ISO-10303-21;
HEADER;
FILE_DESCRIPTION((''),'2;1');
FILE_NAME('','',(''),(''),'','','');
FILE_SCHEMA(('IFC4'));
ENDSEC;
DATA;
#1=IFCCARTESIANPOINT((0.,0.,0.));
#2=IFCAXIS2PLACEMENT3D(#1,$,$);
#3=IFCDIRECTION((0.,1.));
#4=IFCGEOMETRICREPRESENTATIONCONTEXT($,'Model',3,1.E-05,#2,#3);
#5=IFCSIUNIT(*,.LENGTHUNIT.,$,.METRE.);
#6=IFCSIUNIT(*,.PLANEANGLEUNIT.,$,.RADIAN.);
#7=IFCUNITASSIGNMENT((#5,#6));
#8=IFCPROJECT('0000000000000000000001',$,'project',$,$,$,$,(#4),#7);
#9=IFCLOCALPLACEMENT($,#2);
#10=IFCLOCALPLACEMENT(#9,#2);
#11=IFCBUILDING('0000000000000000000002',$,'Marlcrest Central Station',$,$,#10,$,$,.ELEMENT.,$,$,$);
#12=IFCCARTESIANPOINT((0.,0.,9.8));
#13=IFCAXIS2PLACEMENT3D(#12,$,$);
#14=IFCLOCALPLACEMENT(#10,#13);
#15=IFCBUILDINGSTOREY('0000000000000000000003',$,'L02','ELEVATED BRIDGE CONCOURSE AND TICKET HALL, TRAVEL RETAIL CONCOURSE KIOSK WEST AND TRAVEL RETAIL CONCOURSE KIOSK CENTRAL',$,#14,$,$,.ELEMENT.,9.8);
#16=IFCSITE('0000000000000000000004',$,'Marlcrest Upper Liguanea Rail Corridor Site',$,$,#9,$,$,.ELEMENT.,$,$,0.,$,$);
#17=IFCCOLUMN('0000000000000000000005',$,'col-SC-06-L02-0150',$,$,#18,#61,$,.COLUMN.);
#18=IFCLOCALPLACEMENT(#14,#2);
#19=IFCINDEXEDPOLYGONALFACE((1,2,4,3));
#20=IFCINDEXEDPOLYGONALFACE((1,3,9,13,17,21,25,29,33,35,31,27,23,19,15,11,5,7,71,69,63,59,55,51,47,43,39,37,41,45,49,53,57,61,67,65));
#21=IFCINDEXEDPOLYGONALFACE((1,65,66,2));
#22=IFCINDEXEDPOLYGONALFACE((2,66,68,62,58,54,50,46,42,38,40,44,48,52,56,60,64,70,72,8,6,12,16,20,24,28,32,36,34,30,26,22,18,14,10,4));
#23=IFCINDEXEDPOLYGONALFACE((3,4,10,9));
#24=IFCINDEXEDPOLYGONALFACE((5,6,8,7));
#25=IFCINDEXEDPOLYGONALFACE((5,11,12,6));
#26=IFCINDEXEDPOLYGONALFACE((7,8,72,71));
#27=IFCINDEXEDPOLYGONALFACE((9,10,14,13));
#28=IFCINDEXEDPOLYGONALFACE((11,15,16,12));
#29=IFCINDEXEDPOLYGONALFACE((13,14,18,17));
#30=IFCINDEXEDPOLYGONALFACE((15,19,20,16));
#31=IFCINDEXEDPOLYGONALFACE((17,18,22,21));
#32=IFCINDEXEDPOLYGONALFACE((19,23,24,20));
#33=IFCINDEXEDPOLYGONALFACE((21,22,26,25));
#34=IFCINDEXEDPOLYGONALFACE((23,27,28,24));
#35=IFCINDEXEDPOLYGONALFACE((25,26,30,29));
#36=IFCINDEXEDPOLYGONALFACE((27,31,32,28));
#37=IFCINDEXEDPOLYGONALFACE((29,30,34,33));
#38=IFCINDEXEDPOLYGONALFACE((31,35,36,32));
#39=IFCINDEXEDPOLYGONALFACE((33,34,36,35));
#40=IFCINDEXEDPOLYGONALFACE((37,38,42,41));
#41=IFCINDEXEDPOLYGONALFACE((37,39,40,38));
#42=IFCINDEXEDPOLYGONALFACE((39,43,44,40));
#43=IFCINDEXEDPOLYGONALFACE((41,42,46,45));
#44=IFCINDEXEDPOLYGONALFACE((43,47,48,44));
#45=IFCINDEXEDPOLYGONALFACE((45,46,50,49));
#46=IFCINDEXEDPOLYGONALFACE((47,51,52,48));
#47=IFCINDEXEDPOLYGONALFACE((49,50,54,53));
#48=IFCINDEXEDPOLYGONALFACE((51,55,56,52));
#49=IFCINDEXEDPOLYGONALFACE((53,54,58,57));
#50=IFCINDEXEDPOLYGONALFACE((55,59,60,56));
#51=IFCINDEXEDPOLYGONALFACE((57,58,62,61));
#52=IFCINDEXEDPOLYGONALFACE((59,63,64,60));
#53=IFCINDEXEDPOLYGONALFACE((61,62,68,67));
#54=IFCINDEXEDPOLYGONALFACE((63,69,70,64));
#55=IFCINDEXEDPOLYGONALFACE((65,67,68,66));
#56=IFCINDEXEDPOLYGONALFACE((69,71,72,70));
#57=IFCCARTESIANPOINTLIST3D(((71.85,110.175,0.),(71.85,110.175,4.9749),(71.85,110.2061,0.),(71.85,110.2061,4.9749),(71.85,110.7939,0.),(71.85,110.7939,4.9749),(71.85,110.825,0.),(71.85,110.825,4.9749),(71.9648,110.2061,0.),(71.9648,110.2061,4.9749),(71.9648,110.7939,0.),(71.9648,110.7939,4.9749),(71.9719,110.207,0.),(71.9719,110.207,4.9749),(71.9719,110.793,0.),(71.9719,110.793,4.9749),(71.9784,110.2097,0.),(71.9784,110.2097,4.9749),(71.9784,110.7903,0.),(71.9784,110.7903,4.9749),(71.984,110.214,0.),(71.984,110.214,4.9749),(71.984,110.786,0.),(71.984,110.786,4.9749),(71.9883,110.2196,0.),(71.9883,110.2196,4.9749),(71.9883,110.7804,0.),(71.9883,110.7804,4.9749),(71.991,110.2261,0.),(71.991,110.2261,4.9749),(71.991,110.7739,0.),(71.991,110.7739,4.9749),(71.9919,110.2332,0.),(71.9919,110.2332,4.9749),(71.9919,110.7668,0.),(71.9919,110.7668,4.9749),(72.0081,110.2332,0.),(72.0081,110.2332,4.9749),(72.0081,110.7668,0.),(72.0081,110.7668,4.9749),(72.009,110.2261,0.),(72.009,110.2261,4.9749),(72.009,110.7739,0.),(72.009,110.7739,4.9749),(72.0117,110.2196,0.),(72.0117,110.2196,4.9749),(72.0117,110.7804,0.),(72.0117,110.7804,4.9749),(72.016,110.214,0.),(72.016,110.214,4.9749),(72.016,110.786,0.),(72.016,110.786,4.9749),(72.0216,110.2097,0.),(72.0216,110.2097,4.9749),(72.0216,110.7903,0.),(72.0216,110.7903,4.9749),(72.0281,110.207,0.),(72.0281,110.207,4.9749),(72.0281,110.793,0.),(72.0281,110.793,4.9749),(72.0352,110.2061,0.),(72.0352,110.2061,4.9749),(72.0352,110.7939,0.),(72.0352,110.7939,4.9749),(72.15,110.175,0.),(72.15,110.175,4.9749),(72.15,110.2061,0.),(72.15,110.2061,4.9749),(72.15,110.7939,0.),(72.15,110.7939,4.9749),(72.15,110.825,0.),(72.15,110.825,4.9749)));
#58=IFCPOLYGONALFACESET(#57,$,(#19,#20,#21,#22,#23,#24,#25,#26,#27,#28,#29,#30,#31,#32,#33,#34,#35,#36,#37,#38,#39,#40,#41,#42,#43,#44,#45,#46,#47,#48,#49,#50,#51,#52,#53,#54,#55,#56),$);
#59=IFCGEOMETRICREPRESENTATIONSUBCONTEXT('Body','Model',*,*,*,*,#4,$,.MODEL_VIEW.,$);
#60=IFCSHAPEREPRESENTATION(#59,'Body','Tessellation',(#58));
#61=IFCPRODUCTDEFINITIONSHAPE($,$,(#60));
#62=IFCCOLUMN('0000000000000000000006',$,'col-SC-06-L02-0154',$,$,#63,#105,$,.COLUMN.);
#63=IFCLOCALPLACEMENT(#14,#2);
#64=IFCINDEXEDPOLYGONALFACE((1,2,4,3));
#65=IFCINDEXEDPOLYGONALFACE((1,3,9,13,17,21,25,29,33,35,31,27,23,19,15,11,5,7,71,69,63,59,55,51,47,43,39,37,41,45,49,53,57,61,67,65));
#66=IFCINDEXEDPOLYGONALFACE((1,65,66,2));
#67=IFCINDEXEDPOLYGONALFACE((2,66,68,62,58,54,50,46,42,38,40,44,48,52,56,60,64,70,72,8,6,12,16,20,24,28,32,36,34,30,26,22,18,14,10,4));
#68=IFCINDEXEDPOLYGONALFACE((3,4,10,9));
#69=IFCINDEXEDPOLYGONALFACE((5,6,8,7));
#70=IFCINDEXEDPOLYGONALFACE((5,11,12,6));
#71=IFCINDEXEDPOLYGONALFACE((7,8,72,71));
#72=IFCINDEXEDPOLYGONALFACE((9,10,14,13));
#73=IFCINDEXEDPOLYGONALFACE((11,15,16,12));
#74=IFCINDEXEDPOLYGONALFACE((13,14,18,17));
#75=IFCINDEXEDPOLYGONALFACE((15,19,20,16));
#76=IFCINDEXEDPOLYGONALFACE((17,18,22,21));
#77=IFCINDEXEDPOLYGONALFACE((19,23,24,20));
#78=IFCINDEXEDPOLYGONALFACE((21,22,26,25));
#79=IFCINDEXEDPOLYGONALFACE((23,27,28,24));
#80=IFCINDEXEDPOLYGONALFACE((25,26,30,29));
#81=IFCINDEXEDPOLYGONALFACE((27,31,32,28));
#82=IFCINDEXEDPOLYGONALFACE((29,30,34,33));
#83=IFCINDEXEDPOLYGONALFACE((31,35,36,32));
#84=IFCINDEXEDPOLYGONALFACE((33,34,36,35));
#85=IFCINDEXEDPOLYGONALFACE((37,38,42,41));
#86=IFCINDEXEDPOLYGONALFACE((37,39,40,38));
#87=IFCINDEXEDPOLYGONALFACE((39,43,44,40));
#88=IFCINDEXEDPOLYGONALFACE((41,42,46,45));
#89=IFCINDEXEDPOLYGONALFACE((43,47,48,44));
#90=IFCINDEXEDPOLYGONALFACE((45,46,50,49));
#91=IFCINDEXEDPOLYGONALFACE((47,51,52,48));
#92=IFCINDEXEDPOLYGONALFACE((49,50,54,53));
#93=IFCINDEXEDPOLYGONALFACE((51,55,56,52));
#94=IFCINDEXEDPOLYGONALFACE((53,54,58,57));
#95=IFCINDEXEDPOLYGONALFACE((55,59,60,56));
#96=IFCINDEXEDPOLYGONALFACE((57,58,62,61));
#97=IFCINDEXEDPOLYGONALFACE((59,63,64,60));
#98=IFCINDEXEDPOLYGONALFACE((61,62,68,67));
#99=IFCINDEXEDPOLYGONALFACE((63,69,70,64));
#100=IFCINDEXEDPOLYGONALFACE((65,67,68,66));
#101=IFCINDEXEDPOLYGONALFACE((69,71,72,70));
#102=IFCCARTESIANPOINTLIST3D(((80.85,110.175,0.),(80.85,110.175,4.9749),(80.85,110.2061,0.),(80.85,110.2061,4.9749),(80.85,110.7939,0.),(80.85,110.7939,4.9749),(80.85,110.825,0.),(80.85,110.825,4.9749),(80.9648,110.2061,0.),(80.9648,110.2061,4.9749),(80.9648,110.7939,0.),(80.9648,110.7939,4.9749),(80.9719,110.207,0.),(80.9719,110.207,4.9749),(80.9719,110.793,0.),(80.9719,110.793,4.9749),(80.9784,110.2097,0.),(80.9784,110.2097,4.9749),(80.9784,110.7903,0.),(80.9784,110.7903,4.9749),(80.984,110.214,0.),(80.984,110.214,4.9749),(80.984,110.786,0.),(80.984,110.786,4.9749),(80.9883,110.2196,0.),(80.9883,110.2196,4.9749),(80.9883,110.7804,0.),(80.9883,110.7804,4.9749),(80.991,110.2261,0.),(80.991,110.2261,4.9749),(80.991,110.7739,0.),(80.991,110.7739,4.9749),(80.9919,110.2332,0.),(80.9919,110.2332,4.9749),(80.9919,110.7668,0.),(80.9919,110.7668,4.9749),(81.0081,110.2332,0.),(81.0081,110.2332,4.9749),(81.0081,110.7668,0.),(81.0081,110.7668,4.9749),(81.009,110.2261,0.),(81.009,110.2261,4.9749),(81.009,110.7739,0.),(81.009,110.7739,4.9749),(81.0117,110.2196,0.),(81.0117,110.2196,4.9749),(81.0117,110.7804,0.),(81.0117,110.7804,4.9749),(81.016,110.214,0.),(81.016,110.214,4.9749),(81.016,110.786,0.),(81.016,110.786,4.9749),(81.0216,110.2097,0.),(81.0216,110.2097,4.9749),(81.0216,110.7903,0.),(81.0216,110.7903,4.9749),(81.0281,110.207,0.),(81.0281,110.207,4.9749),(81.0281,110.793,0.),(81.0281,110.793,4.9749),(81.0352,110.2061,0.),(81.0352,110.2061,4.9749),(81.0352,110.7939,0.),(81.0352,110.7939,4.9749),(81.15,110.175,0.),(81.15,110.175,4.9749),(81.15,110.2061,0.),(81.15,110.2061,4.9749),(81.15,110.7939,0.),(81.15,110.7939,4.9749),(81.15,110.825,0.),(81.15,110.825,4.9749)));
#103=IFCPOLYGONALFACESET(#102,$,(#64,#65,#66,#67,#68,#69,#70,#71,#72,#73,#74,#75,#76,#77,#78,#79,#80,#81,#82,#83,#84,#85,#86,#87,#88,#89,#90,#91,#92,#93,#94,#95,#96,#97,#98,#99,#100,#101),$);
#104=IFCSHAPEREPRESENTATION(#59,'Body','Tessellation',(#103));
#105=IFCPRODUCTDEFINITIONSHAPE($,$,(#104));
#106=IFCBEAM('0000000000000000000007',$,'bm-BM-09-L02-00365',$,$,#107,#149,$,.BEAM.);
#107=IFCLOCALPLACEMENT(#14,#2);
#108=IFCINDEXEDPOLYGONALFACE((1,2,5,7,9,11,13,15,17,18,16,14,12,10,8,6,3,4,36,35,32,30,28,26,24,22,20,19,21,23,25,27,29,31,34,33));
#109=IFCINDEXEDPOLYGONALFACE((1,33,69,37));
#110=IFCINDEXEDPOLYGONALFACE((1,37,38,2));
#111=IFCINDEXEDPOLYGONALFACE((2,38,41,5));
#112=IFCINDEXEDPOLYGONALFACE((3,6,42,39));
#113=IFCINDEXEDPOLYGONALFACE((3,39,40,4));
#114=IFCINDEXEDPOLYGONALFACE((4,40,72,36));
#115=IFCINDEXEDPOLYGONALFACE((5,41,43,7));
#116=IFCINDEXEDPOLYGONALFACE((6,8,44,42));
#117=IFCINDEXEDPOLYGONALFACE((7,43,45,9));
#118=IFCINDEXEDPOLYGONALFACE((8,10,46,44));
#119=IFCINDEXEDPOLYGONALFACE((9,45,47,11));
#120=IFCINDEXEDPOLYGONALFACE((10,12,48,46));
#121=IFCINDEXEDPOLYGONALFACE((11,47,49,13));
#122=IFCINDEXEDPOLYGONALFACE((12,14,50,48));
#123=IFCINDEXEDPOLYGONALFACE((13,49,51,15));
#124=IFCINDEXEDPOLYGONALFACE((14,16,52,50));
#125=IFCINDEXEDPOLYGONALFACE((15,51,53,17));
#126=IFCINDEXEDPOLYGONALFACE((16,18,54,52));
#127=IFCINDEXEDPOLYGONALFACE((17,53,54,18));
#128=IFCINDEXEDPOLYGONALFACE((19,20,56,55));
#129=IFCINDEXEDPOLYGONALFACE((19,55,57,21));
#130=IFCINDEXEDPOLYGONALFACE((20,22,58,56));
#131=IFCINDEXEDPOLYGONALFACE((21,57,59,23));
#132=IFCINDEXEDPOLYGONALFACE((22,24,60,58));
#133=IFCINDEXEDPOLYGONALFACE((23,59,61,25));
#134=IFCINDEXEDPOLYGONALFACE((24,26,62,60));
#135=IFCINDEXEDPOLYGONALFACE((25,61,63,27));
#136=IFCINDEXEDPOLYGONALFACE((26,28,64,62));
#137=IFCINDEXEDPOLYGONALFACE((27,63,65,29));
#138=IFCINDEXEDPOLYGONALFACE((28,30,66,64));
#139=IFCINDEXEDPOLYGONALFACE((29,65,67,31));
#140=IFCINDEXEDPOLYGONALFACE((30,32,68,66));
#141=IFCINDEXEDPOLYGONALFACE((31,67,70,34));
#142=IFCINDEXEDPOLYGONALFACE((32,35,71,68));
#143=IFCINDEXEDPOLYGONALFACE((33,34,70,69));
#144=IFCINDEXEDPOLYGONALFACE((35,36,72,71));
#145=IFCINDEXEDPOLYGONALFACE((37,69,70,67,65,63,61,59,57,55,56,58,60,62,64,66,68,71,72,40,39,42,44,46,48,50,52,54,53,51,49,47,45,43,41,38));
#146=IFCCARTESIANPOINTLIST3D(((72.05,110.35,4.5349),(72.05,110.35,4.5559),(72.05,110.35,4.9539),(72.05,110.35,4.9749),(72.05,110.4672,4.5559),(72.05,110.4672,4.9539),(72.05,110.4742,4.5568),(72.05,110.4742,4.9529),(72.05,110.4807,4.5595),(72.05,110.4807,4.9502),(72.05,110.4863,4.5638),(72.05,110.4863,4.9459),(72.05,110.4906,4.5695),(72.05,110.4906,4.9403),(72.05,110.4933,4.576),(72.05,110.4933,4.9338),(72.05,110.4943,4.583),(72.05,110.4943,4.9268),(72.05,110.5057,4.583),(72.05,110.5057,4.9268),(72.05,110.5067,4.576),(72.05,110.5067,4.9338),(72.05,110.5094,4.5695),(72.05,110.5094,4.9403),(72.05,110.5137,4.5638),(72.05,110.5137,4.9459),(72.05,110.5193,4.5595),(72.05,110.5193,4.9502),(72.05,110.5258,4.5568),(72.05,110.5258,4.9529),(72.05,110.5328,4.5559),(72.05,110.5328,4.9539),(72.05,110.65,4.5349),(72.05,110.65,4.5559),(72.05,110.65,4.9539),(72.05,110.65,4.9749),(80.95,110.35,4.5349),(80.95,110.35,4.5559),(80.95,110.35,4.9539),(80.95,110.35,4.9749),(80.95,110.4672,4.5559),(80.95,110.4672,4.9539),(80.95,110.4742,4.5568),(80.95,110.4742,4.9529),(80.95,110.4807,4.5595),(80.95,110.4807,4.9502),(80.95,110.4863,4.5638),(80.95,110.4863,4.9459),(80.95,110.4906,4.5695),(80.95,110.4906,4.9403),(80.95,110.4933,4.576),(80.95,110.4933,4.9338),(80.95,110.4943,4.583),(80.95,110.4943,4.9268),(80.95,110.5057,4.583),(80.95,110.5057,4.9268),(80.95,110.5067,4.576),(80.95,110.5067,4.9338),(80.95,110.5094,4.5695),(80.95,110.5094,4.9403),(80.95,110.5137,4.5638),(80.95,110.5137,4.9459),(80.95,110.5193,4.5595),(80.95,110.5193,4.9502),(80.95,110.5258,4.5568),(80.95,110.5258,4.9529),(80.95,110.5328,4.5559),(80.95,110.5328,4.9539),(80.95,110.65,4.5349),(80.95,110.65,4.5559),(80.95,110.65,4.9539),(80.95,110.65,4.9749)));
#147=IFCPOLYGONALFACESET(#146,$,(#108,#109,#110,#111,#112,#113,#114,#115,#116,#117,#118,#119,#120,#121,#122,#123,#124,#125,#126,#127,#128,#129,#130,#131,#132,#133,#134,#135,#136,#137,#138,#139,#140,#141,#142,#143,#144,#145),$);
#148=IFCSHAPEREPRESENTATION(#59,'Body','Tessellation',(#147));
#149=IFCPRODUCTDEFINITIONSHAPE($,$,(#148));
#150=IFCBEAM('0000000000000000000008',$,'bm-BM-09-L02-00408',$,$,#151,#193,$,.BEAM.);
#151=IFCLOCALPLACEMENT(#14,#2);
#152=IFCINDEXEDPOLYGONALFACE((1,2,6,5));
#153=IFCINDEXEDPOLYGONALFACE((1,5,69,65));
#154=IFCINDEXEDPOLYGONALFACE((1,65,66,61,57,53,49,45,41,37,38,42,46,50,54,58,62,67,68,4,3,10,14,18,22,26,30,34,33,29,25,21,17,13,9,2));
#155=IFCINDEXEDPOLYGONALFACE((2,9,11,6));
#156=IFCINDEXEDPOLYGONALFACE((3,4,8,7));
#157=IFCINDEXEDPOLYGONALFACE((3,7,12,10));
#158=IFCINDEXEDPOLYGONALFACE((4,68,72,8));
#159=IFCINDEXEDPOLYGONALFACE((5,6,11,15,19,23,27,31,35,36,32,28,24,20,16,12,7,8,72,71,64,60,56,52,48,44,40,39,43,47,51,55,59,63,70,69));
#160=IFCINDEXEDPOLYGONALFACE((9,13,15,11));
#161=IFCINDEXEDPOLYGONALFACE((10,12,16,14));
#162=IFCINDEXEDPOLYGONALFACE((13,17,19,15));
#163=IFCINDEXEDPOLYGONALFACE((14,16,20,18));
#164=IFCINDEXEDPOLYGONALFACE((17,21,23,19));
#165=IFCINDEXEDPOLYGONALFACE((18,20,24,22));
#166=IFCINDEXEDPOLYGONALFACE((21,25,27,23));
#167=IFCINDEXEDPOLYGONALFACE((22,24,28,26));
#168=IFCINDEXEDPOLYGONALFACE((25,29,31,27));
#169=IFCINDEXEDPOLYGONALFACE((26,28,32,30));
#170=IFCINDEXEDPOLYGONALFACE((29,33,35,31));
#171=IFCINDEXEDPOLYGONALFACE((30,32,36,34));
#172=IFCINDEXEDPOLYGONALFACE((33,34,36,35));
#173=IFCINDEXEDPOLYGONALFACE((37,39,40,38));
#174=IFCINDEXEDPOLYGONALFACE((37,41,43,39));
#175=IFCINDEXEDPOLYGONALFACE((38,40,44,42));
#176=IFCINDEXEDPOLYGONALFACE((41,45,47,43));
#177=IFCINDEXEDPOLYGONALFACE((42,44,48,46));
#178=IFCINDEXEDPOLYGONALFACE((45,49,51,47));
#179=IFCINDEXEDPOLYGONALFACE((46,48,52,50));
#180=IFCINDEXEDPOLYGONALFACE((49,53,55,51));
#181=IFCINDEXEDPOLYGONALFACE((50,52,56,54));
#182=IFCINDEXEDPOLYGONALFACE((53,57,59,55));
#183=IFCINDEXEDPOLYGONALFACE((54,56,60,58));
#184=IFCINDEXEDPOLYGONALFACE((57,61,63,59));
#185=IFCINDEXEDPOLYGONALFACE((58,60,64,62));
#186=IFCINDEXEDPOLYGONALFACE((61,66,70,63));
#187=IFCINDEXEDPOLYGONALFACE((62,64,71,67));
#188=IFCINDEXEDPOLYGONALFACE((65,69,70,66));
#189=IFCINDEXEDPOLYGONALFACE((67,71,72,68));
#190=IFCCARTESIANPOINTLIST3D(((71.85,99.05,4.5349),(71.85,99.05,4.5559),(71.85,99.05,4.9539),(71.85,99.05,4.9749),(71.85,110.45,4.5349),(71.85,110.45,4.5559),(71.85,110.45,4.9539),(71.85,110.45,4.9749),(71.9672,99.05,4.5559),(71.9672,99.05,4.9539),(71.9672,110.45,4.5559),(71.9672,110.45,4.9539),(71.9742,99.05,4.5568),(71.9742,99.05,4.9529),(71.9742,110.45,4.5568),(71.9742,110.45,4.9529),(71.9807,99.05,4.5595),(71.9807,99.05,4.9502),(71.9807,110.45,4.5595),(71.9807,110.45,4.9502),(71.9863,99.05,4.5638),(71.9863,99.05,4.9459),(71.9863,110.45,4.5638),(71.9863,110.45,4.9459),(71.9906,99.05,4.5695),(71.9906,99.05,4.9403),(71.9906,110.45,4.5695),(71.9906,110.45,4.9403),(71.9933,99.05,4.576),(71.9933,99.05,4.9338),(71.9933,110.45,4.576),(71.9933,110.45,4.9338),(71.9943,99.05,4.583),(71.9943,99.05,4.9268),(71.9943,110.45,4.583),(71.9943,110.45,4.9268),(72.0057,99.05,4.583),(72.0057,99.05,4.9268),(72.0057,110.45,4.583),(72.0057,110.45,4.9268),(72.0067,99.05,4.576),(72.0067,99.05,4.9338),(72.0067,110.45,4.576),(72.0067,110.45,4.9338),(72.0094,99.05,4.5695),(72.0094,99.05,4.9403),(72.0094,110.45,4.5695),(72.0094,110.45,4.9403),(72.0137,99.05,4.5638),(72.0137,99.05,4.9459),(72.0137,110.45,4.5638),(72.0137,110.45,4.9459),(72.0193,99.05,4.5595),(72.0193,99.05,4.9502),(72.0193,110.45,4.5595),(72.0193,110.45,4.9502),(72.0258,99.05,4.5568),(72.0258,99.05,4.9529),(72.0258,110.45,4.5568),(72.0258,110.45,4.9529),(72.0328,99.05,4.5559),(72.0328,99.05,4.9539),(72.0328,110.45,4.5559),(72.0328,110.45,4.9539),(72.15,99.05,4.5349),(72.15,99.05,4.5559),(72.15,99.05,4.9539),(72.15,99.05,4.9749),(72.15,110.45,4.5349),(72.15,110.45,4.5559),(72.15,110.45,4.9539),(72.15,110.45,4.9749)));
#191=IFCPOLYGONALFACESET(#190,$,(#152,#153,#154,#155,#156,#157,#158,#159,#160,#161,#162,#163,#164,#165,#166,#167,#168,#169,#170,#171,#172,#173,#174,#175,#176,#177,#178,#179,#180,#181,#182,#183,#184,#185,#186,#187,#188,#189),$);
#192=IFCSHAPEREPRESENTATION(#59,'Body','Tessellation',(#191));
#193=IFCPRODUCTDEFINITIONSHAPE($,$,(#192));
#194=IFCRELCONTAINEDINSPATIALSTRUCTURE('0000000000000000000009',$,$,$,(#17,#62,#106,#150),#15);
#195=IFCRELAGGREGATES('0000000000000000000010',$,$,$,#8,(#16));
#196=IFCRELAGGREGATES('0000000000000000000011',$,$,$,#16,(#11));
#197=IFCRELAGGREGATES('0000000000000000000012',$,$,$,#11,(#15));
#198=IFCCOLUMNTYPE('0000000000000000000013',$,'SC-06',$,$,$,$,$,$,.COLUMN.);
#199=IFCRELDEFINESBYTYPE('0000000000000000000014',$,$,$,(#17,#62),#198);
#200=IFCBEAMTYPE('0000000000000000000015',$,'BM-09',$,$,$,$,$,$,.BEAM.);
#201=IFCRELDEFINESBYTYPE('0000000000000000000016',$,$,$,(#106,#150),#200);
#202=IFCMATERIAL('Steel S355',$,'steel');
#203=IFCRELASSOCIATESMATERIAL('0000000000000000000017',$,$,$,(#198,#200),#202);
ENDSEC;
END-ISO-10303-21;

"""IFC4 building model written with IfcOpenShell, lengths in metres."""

from ifc_helpers import new_model, si_unit, direction, frame, origin, origin_2d, place, context, subcontext, project, spatial, i_section, extrude, material, material_profile, profile_set, type_object, element, save


model = new_model("IFC4")

# Units and contexts
model_context = context("Model", 3, precision=1e-05, world=origin(), true_north=direction((0.0, 1.0)))
body_context = subcontext(model_context, "Body", "Model", "MODEL_VIEW")
ifc_project = project(units=[si_unit("LENGTHUNIT", "METRE"), si_unit("PLANEANGLEUNIT", "RADIAN")], contexts=[model_context])

# Site, building, storey
site_placement = place(None, origin())
site = spatial("IfcSite", under=ifc_project, at=site_placement, Name="Marlcrest Upper Liguanea Rail Corridor Site", CompositionType="ELEMENT", RefElevation=0.0)
building_placement = place(site_placement, origin())
building = spatial("IfcBuilding", under=site, at=building_placement, Name="Marlcrest Central Station", CompositionType="ELEMENT")
storey_placement = place(building_placement, frame((0.0, 0.0, 9.8)))
storey = spatial("IfcBuildingStorey", under=building, at=storey_placement, Name="L02", Description="ELEVATED BRIDGE CONCOURSE AND TICKET HALL, TRAVEL RETAIL CONCOURSE KIOSK WEST AND TRAVEL RETAIL CONCOURSE KIOSK CENTRAL", CompositionType="ELEMENT", Elevation=9.8)

# Columns
ifc_material_1 = material(Name="Steel S355", Category="steel")
ifc_material_profile_1 = material_profile(ifc_material_1, i_section(OverallWidth=0.3, OverallDepth=0.6499, WebThickness=0.0161, FlangeThickness=0.031, FilletRadius=0.0271, at=origin_2d()), Name="HEB 650")
ifc_profile_set_1 = profile_set([ifc_material_profile_1], Name="Steel S355")
column_type = type_object("IfcColumnType", Name="SC-06", PredefinedType="COLUMN", material=ifc_profile_set_1)
for number, where, z_axis, x_axis, name in (
    (1, (72.0, 110.5, 0.0), (0.0, 0.0, 1.0), (1.0, 0.0, 0.0), "col-SC-06-L02-0150"),
    (2, (81.0, 110.5, 0.0), (0.0, 0.0, 1.0), (1.0, 0.0, 0.0), "col-SC-06-L02-0154"),
):
    element("IfcColumn", number, at=place(storey_placement, frame(where, z_axis=z_axis, x_axis=x_axis)), inside=storey, type_object=column_type, Name=name, PredefinedType="COLUMN", context=body_context, shape_type="SweptSolid", body=[
        extrude(i_section(OverallWidth=0.3, OverallDepth=0.6499, WebThickness=0.0161, FlangeThickness=0.031, FilletRadius=0.0271, at=origin_2d()), origin(), (0.0, 0.0, 1.0), 4.9749),
    ])

# Beams
ifc_material_profile_2 = material_profile(ifc_material_1, i_section(OverallWidth=0.3, OverallDepth=0.4399, WebThickness=0.0115, FlangeThickness=0.021, FilletRadius=0.0271, at=origin_2d()), Name="HEA 450")
ifc_profile_set_2 = profile_set([ifc_material_profile_2], Name="Steel S355")
beam_type_1 = type_object("IfcBeamType", Name="BM-09", PredefinedType="BEAM", material=ifc_profile_set_2)
beam_1_placement = place(storey_placement, frame((72.05, 110.5, 4.7549), z_axis=(1.0, 0.0, 0.0), x_axis=(0.0, 1.0, 0.0)))
element("IfcBeam", 3, at=beam_1_placement, inside=storey, type_object=beam_type_1, Name="bm-BM-09-L02-00365", PredefinedType="BEAM", context=body_context, shape_type="SweptSolid", body=[
    extrude(i_section(OverallWidth=0.3, OverallDepth=0.4399, WebThickness=0.0115, FlangeThickness=0.021, FilletRadius=0.0271, at=origin_2d()), origin(), (0.0, 0.0, 1.0), 8.8999),
])
beam_2_placement = place(storey_placement, frame((72.0, 99.05, 4.7549), z_axis=(0.0, 1.0, 0.0), x_axis=(-1.0, 0.0, 0.0)))
element("IfcBeam", 4, at=beam_2_placement, inside=storey, type_object=beam_type_1, Name="bm-BM-09-L02-00408", PredefinedType="BEAM", context=body_context, shape_type="SweptSolid", body=[
    extrude(i_section(OverallWidth=0.3, OverallDepth=0.4399, WebThickness=0.0115, FlangeThickness=0.021, FilletRadius=0.0271, at=origin_2d()), origin(), (0.0, 0.0, 1.0), 11.3999),
])

save(model, "model.ifc")
